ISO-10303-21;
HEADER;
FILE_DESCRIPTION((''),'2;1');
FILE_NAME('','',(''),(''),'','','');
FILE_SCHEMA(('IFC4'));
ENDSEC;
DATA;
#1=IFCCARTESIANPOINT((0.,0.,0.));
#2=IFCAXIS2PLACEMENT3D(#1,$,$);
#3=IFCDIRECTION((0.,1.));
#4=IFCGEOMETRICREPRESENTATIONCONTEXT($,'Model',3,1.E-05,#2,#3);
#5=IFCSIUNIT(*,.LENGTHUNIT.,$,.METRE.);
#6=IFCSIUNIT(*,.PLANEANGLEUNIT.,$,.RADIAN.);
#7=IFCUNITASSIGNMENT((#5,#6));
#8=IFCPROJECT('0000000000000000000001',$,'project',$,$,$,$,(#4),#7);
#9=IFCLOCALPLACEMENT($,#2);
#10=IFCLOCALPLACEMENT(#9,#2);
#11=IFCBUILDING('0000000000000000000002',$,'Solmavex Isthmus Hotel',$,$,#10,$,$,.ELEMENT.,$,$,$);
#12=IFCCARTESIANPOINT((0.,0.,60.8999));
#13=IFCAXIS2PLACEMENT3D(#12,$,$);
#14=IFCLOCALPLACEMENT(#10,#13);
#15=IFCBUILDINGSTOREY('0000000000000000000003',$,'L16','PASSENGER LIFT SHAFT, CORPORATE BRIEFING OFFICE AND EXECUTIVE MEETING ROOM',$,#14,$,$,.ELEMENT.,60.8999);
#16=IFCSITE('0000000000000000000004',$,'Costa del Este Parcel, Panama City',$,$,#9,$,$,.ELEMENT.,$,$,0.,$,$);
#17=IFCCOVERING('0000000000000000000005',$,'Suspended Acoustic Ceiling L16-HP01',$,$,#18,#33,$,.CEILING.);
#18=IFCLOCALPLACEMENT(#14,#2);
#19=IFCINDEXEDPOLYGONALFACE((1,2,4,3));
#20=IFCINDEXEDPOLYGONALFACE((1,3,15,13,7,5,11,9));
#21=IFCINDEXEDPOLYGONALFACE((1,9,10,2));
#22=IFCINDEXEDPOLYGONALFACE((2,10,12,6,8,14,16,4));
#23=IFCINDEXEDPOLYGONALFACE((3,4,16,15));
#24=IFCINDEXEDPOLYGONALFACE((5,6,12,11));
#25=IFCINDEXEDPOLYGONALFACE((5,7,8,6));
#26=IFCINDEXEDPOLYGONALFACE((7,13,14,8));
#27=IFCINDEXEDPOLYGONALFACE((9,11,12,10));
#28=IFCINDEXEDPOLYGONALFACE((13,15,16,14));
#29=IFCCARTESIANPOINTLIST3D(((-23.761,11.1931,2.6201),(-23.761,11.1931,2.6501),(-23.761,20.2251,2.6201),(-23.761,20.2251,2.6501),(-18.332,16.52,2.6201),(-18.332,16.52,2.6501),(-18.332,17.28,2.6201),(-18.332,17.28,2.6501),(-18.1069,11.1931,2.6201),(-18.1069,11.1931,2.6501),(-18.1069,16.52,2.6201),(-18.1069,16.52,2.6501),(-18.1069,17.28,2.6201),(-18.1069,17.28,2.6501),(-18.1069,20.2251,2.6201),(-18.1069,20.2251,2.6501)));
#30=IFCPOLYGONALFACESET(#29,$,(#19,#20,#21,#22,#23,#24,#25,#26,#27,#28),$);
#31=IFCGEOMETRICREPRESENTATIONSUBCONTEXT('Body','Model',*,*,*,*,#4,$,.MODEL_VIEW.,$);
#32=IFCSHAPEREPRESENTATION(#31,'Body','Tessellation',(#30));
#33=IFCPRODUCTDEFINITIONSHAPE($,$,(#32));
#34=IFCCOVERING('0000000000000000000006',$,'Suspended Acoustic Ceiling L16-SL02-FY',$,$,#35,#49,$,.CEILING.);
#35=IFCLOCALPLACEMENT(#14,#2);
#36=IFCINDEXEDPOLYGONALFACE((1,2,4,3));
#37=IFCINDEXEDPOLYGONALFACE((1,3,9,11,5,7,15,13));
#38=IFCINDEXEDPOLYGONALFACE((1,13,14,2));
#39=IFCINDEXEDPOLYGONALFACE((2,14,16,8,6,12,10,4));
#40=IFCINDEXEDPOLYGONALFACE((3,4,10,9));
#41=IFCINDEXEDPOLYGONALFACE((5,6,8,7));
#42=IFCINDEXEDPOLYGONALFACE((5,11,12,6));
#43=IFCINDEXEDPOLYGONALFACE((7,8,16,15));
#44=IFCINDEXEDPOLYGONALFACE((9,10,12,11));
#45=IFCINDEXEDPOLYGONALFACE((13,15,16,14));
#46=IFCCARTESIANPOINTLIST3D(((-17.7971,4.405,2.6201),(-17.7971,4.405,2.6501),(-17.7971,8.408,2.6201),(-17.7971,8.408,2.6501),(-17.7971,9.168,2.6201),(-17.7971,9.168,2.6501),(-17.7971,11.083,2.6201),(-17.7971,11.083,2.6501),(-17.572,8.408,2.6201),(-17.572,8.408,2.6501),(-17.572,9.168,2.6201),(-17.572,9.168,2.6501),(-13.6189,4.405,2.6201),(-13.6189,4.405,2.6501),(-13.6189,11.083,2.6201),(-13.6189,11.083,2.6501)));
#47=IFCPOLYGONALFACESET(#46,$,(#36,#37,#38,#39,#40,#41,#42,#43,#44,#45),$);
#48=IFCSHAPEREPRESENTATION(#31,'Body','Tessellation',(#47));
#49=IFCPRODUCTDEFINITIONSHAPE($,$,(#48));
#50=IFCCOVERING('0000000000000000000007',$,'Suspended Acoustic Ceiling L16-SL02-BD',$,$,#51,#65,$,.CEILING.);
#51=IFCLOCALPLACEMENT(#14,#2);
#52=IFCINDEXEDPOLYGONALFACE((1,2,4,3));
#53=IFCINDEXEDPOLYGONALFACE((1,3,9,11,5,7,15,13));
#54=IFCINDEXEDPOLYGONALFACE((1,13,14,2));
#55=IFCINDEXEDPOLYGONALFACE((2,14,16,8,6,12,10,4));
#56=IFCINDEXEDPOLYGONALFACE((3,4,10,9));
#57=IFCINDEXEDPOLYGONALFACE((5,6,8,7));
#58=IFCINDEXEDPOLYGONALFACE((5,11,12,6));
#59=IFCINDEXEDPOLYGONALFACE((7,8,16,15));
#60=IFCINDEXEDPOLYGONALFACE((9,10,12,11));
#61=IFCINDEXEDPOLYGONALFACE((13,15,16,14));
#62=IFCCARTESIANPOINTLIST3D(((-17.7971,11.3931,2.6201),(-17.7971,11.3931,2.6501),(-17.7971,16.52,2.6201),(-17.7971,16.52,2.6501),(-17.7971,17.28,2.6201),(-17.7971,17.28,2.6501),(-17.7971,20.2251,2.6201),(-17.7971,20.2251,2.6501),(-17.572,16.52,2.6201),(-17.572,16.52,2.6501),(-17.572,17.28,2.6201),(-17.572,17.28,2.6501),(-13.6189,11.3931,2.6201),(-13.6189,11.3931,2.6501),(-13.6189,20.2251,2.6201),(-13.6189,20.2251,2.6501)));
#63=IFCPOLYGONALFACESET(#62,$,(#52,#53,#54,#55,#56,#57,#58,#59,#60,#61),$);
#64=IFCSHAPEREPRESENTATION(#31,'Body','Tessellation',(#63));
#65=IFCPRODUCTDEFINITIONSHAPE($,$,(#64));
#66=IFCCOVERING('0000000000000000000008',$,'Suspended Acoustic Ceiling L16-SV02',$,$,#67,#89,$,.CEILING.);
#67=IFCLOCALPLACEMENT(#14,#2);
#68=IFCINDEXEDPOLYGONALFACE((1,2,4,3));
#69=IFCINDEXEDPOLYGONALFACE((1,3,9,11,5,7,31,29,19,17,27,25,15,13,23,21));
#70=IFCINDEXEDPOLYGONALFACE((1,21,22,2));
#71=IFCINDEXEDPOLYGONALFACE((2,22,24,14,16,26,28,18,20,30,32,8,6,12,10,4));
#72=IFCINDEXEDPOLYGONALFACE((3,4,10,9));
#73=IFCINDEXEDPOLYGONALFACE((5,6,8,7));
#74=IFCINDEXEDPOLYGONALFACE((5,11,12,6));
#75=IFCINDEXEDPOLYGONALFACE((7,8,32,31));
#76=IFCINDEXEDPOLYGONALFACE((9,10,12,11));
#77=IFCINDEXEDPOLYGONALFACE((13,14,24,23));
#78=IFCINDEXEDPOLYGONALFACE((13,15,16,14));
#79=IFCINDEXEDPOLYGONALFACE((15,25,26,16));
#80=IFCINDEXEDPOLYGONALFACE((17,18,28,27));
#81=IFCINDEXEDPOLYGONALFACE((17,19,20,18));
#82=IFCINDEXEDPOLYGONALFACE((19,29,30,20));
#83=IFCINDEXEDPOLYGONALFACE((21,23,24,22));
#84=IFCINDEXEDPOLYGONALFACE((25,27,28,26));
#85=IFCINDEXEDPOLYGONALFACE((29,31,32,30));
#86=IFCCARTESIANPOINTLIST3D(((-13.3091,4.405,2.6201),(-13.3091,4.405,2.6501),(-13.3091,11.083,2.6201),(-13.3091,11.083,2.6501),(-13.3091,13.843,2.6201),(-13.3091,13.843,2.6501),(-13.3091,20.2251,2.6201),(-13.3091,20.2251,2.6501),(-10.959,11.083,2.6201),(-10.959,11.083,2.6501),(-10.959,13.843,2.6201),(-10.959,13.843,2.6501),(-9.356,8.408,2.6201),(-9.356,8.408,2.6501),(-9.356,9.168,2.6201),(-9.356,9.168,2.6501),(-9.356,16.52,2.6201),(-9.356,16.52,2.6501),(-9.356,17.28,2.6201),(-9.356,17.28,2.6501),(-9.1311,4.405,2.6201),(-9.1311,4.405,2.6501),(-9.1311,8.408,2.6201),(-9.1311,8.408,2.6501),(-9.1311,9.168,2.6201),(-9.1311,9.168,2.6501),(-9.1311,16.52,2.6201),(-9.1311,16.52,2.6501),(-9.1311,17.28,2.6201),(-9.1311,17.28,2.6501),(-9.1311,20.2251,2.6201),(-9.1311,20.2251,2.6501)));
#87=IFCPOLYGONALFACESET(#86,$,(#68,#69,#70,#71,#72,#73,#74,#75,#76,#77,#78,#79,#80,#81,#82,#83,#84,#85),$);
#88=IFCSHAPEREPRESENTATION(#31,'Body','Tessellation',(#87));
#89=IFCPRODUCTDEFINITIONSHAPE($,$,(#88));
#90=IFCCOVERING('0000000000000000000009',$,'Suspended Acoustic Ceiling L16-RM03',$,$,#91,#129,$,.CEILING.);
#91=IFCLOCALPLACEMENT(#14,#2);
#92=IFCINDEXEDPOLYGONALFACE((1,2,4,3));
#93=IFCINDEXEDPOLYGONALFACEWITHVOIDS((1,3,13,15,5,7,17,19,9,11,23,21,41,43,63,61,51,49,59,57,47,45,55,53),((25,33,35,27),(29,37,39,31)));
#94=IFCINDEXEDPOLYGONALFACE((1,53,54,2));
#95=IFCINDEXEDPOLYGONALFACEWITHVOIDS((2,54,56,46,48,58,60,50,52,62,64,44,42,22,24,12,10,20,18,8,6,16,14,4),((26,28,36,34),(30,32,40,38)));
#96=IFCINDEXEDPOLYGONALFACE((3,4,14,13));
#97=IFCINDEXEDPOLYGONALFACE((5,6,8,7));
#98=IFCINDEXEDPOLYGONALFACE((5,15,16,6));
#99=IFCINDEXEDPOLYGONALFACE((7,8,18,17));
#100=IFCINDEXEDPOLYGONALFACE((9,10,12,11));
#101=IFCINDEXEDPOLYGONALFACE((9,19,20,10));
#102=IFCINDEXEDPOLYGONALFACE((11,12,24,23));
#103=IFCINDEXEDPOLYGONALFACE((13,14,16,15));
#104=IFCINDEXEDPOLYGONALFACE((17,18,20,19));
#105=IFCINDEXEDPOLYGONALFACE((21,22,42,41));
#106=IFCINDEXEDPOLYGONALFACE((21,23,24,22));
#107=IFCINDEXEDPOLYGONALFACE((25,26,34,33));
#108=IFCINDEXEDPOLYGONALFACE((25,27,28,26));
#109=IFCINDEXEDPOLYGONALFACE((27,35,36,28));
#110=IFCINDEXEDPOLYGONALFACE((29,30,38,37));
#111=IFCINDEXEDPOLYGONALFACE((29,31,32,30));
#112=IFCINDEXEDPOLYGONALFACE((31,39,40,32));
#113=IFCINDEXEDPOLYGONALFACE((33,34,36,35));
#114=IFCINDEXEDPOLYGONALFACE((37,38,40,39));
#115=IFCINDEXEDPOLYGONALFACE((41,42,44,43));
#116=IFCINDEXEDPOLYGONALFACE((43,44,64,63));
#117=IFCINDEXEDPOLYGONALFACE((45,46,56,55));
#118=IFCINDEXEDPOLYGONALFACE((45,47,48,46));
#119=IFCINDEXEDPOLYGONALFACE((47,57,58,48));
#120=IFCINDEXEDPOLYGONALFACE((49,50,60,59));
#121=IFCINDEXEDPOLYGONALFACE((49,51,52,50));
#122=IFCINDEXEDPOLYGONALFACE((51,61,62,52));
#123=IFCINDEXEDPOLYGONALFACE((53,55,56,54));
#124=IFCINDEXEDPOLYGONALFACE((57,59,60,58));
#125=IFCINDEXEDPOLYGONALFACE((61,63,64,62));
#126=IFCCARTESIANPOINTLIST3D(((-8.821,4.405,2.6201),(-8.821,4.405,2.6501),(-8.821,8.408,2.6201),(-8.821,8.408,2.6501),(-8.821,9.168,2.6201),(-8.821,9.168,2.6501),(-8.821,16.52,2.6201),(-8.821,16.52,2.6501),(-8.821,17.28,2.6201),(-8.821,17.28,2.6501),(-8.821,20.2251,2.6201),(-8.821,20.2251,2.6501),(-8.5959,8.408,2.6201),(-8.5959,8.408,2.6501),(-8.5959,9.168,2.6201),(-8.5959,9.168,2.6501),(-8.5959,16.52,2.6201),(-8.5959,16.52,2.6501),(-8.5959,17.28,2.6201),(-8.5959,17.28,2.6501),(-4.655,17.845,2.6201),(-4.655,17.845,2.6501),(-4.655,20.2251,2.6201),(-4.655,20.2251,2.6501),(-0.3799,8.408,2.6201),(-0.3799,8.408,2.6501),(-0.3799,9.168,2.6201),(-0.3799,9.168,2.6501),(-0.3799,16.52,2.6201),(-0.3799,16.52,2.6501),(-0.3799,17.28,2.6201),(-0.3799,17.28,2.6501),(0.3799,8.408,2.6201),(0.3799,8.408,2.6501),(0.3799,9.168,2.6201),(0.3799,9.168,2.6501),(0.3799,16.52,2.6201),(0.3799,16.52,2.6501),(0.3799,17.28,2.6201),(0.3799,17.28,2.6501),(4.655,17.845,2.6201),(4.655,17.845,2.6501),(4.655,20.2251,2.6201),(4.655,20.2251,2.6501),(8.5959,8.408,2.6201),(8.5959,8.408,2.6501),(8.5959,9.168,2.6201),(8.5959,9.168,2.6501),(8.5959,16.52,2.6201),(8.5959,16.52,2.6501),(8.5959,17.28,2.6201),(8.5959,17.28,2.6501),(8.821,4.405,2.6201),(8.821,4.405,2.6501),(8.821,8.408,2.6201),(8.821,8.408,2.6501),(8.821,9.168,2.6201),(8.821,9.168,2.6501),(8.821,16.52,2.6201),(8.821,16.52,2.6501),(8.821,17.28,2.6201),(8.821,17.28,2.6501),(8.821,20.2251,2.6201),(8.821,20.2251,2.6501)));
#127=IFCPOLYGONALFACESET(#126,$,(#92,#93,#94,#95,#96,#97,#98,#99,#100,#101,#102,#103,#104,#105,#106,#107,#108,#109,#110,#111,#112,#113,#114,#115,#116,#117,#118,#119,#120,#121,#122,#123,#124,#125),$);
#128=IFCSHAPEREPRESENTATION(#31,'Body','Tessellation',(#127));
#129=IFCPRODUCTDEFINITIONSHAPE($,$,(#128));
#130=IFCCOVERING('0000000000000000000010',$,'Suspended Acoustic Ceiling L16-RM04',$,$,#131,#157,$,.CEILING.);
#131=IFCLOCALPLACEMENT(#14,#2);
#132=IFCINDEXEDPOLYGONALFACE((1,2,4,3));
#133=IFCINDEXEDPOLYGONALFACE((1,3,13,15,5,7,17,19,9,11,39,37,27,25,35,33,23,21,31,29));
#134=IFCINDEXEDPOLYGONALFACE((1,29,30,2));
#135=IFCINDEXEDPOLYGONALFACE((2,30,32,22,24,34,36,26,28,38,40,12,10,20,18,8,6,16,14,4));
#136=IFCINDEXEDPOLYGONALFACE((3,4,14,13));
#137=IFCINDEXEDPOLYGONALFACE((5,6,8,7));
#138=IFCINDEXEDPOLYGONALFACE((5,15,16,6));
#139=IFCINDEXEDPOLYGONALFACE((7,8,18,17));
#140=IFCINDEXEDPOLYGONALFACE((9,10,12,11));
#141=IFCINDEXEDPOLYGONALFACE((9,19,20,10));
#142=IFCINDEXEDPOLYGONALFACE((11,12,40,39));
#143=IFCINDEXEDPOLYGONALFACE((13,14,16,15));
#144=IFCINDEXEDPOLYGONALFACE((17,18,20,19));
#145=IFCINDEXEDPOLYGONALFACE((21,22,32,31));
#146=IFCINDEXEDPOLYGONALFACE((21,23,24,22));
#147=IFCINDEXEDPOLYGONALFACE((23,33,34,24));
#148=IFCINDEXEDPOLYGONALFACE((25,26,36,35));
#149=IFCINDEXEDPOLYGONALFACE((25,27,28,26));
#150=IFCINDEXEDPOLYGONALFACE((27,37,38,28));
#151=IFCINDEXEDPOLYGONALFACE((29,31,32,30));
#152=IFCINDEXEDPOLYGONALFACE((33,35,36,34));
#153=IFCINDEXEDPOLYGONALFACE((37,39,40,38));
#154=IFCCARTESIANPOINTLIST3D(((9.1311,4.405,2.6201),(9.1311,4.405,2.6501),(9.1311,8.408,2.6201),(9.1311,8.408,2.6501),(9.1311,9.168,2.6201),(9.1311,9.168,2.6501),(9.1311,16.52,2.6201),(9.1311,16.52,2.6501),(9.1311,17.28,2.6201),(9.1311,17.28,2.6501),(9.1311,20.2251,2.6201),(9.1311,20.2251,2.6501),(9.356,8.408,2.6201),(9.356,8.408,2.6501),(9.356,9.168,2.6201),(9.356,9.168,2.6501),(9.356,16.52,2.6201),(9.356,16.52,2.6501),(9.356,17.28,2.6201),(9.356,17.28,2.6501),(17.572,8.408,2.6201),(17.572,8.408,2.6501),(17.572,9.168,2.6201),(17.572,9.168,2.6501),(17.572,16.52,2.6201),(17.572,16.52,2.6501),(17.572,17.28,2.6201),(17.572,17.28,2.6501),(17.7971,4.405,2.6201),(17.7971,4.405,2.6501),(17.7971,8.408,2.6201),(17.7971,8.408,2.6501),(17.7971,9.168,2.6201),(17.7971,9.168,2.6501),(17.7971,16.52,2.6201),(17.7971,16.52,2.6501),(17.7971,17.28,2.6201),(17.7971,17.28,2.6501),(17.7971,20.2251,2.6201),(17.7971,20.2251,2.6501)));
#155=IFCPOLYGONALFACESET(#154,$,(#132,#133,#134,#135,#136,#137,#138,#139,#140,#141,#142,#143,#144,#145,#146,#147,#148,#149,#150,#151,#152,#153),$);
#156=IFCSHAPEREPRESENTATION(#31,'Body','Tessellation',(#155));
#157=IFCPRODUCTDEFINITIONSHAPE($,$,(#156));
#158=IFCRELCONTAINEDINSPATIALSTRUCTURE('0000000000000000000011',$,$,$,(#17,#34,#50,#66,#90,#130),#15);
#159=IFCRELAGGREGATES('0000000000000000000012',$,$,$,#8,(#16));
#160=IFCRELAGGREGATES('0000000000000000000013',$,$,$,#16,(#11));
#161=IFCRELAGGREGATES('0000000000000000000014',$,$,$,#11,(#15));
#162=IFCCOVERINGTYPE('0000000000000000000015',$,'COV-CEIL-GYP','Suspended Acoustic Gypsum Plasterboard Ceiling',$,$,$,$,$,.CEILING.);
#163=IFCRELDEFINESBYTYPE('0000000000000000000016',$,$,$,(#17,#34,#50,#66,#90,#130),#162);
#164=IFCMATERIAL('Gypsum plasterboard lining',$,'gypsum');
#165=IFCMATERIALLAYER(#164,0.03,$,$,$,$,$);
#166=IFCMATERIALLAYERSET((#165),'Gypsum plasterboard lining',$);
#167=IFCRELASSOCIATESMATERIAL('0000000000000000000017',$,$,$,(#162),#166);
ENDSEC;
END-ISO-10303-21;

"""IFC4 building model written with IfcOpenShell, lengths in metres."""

from ifc_helpers import new_model, si_unit, direction, frame, origin, place, context, subcontext, project, spatial, polyline, outline, extrude, material, layer, layer_set, type_object, element, save


model = new_model("IFC4")

# Units and contexts
model_context = context("Model", 3, precision=1e-05, world=origin(), true_north=direction((0.0, 1.0)))
body_context = subcontext(model_context, "Body", "Model", "MODEL_VIEW")
ifc_project = project(units=[si_unit("LENGTHUNIT", "METRE"), si_unit("PLANEANGLEUNIT", "RADIAN")], contexts=[model_context])

# Site, building, storey
site_placement = place(None, origin())
site = spatial("IfcSite", under=ifc_project, at=site_placement, Name="Costa del Este Parcel, Panama City", CompositionType="ELEMENT", RefElevation=0.0)
building_placement = place(site_placement, origin())
building = spatial("IfcBuilding", under=site, at=building_placement, Name="Solmavex Isthmus Hotel", CompositionType="ELEMENT")
storey_placement = place(building_placement, frame((0.0, 0.0, 60.8999)))
storey = spatial("IfcBuildingStorey", under=building, at=storey_placement, Name="L16", Description="PASSENGER LIFT SHAFT, CORPORATE BRIEFING OFFICE AND EXECUTIVE MEETING ROOM", CompositionType="ELEMENT", Elevation=60.8999)

# Coverings
ifc_material_1 = material(Name="Gypsum plasterboard lining", Category="gypsum")
ifc_layer_1 = layer(ifc_material_1, 0.03)
ifc_layer_set_1 = layer_set([ifc_layer_1], Name="Gypsum plasterboard lining")
covering_type_1 = type_object("IfcCoveringType", Name="COV-CEIL-GYP", Description="Suspended Acoustic Gypsum Plasterboard Ceiling", PredefinedType="CEILING", material=ifc_layer_set_1)
covering_1_placement = place(storey_placement, frame((0.0, 0.0, 2.6201)))
element("IfcCovering", 1, at=covering_1_placement, inside=storey, type_object=covering_type_1, Name="Suspended Acoustic Ceiling L16-HP01", PredefinedType="CEILING", context=body_context, shape_type="SweptSolid", body=[
    extrude(outline(polyline([(-18.1069, 16.52), (-18.332, 16.52), (-18.332, 17.28), (-18.1069, 17.28), (-18.1069, 20.2251), (-23.761, 20.2251), (-23.761, 11.1931), (-18.1069, 11.1931), (-18.1069, 16.52)])), origin(), (0.0, 0.0, 1.0), 0.03),
])
covering_2_placement = place(storey_placement, frame((0.0, 0.0, 2.6201)))
element("IfcCovering", 2, at=covering_2_placement, inside=storey, type_object=covering_type_1, Name="Suspended Acoustic Ceiling L16-SL02-FY", PredefinedType="CEILING", context=body_context, shape_type="SweptSolid", body=[
    extrude(outline(polyline([(-17.7971, 9.168), (-17.572, 9.168), (-17.572, 8.408), (-17.7971, 8.408), (-17.7971, 4.405), (-13.6189, 4.405), (-13.6189, 11.083), (-17.7971, 11.083), (-17.7971, 9.168)])), origin(), (0.0, 0.0, 1.0), 0.03),
])
covering_3_placement = place(storey_placement, frame((0.0, 0.0, 2.6201)))
element("IfcCovering", 3, at=covering_3_placement, inside=storey, type_object=covering_type_1, Name="Suspended Acoustic Ceiling L16-SL02-BD", PredefinedType="CEILING", context=body_context, shape_type="SweptSolid", body=[
    extrude(outline(polyline([(-17.7971, 17.28), (-17.572, 17.28), (-17.572, 16.52), (-17.7971, 16.52), (-17.7971, 11.3931), (-13.6189, 11.3931), (-13.6189, 20.2251), (-17.7971, 20.2251), (-17.7971, 17.28)])), origin(), (0.0, 0.0, 1.0), 0.03),
])
covering_4_placement = place(storey_placement, frame((0.0, 0.0, 2.6201)))
element("IfcCovering", 4, at=covering_4_placement, inside=storey, type_object=covering_type_1, Name="Suspended Acoustic Ceiling L16-SV02", PredefinedType="CEILING", context=body_context, shape_type="SweptSolid", body=[
    extrude(outline(polyline([(-9.1311, 16.52), (-9.356, 16.52), (-9.356, 17.28), (-9.1311, 17.28), (-9.1311, 20.2251), (-13.3091, 20.2251), (-13.3091, 13.843), (-10.959, 13.843), (-10.959, 11.083), (-13.3091, 11.083), (-13.3091, 4.405), (-9.1311, 4.405), (-9.1311, 8.408), (-9.356, 8.408), (-9.356, 9.168), (-9.1311, 9.168), (-9.1311, 16.52)])), origin(), (0.0, 0.0, 1.0), 0.03),
])
covering_5_placement = place(storey_placement, frame((0.0, 0.0, 2.6201)))
element("IfcCovering", 5, at=covering_5_placement, inside=storey, type_object=covering_type_1, Name="Suspended Acoustic Ceiling L16-RM03", PredefinedType="CEILING", context=body_context, shape_type="SweptSolid", body=[
    extrude(outline(polyline([(-8.821, 9.168), (-8.5959, 9.168), (-8.5959, 8.408), (-8.821, 8.408), (-8.821, 4.405), (8.821, 4.405), (8.821, 8.408), (8.5959, 8.408), (8.5959, 9.168), (8.821, 9.168), (8.821, 16.52), (8.5959, 16.52), (8.5959, 17.28), (8.821, 17.28), (8.821, 20.2251), (4.655, 20.2251), (4.655, 17.845), (-4.655, 17.845), (-4.655, 20.2251), (-8.821, 20.2251), (-8.821, 17.28), (-8.5959, 17.28), (-8.5959, 16.52), (-8.821, 16.52), (-8.821, 9.168)]), holes=[polyline([(-0.3799, 8.408), (-0.3799, 9.168), (0.3799, 9.168), (0.3799, 8.408), (-0.3799, 8.408)]), polyline([(-0.3799, 17.28), (0.3799, 17.28), (0.3799, 16.52), (-0.3799, 16.52), (-0.3799, 17.28)])]), origin(), (0.0, 0.0, 1.0), 0.03),
])
covering_6_placement = place(storey_placement, frame((0.0, 0.0, 2.6201)))
element("IfcCovering", 6, at=covering_6_placement, inside=storey, type_object=covering_type_1, Name="Suspended Acoustic Ceiling L16-RM04", PredefinedType="CEILING", context=body_context, shape_type="SweptSolid", body=[
    extrude(outline(polyline([(9.1311, 9.168), (9.356, 9.168), (9.356, 8.408), (9.1311, 8.408), (9.1311, 4.405), (17.7971, 4.405), (17.7971, 8.408), (17.572, 8.408), (17.572, 9.168), (17.7971, 9.168), (17.7971, 16.52), (17.572, 16.52), (17.572, 17.28), (17.7971, 17.28), (17.7971, 20.2251), (9.1311, 20.2251), (9.1311, 17.28), (9.356, 17.28), (9.356, 16.52), (9.1311, 16.52), (9.1311, 9.168)])), origin(), (0.0, 0.0, 1.0), 0.03),
])

save(model, "model.ifc")
